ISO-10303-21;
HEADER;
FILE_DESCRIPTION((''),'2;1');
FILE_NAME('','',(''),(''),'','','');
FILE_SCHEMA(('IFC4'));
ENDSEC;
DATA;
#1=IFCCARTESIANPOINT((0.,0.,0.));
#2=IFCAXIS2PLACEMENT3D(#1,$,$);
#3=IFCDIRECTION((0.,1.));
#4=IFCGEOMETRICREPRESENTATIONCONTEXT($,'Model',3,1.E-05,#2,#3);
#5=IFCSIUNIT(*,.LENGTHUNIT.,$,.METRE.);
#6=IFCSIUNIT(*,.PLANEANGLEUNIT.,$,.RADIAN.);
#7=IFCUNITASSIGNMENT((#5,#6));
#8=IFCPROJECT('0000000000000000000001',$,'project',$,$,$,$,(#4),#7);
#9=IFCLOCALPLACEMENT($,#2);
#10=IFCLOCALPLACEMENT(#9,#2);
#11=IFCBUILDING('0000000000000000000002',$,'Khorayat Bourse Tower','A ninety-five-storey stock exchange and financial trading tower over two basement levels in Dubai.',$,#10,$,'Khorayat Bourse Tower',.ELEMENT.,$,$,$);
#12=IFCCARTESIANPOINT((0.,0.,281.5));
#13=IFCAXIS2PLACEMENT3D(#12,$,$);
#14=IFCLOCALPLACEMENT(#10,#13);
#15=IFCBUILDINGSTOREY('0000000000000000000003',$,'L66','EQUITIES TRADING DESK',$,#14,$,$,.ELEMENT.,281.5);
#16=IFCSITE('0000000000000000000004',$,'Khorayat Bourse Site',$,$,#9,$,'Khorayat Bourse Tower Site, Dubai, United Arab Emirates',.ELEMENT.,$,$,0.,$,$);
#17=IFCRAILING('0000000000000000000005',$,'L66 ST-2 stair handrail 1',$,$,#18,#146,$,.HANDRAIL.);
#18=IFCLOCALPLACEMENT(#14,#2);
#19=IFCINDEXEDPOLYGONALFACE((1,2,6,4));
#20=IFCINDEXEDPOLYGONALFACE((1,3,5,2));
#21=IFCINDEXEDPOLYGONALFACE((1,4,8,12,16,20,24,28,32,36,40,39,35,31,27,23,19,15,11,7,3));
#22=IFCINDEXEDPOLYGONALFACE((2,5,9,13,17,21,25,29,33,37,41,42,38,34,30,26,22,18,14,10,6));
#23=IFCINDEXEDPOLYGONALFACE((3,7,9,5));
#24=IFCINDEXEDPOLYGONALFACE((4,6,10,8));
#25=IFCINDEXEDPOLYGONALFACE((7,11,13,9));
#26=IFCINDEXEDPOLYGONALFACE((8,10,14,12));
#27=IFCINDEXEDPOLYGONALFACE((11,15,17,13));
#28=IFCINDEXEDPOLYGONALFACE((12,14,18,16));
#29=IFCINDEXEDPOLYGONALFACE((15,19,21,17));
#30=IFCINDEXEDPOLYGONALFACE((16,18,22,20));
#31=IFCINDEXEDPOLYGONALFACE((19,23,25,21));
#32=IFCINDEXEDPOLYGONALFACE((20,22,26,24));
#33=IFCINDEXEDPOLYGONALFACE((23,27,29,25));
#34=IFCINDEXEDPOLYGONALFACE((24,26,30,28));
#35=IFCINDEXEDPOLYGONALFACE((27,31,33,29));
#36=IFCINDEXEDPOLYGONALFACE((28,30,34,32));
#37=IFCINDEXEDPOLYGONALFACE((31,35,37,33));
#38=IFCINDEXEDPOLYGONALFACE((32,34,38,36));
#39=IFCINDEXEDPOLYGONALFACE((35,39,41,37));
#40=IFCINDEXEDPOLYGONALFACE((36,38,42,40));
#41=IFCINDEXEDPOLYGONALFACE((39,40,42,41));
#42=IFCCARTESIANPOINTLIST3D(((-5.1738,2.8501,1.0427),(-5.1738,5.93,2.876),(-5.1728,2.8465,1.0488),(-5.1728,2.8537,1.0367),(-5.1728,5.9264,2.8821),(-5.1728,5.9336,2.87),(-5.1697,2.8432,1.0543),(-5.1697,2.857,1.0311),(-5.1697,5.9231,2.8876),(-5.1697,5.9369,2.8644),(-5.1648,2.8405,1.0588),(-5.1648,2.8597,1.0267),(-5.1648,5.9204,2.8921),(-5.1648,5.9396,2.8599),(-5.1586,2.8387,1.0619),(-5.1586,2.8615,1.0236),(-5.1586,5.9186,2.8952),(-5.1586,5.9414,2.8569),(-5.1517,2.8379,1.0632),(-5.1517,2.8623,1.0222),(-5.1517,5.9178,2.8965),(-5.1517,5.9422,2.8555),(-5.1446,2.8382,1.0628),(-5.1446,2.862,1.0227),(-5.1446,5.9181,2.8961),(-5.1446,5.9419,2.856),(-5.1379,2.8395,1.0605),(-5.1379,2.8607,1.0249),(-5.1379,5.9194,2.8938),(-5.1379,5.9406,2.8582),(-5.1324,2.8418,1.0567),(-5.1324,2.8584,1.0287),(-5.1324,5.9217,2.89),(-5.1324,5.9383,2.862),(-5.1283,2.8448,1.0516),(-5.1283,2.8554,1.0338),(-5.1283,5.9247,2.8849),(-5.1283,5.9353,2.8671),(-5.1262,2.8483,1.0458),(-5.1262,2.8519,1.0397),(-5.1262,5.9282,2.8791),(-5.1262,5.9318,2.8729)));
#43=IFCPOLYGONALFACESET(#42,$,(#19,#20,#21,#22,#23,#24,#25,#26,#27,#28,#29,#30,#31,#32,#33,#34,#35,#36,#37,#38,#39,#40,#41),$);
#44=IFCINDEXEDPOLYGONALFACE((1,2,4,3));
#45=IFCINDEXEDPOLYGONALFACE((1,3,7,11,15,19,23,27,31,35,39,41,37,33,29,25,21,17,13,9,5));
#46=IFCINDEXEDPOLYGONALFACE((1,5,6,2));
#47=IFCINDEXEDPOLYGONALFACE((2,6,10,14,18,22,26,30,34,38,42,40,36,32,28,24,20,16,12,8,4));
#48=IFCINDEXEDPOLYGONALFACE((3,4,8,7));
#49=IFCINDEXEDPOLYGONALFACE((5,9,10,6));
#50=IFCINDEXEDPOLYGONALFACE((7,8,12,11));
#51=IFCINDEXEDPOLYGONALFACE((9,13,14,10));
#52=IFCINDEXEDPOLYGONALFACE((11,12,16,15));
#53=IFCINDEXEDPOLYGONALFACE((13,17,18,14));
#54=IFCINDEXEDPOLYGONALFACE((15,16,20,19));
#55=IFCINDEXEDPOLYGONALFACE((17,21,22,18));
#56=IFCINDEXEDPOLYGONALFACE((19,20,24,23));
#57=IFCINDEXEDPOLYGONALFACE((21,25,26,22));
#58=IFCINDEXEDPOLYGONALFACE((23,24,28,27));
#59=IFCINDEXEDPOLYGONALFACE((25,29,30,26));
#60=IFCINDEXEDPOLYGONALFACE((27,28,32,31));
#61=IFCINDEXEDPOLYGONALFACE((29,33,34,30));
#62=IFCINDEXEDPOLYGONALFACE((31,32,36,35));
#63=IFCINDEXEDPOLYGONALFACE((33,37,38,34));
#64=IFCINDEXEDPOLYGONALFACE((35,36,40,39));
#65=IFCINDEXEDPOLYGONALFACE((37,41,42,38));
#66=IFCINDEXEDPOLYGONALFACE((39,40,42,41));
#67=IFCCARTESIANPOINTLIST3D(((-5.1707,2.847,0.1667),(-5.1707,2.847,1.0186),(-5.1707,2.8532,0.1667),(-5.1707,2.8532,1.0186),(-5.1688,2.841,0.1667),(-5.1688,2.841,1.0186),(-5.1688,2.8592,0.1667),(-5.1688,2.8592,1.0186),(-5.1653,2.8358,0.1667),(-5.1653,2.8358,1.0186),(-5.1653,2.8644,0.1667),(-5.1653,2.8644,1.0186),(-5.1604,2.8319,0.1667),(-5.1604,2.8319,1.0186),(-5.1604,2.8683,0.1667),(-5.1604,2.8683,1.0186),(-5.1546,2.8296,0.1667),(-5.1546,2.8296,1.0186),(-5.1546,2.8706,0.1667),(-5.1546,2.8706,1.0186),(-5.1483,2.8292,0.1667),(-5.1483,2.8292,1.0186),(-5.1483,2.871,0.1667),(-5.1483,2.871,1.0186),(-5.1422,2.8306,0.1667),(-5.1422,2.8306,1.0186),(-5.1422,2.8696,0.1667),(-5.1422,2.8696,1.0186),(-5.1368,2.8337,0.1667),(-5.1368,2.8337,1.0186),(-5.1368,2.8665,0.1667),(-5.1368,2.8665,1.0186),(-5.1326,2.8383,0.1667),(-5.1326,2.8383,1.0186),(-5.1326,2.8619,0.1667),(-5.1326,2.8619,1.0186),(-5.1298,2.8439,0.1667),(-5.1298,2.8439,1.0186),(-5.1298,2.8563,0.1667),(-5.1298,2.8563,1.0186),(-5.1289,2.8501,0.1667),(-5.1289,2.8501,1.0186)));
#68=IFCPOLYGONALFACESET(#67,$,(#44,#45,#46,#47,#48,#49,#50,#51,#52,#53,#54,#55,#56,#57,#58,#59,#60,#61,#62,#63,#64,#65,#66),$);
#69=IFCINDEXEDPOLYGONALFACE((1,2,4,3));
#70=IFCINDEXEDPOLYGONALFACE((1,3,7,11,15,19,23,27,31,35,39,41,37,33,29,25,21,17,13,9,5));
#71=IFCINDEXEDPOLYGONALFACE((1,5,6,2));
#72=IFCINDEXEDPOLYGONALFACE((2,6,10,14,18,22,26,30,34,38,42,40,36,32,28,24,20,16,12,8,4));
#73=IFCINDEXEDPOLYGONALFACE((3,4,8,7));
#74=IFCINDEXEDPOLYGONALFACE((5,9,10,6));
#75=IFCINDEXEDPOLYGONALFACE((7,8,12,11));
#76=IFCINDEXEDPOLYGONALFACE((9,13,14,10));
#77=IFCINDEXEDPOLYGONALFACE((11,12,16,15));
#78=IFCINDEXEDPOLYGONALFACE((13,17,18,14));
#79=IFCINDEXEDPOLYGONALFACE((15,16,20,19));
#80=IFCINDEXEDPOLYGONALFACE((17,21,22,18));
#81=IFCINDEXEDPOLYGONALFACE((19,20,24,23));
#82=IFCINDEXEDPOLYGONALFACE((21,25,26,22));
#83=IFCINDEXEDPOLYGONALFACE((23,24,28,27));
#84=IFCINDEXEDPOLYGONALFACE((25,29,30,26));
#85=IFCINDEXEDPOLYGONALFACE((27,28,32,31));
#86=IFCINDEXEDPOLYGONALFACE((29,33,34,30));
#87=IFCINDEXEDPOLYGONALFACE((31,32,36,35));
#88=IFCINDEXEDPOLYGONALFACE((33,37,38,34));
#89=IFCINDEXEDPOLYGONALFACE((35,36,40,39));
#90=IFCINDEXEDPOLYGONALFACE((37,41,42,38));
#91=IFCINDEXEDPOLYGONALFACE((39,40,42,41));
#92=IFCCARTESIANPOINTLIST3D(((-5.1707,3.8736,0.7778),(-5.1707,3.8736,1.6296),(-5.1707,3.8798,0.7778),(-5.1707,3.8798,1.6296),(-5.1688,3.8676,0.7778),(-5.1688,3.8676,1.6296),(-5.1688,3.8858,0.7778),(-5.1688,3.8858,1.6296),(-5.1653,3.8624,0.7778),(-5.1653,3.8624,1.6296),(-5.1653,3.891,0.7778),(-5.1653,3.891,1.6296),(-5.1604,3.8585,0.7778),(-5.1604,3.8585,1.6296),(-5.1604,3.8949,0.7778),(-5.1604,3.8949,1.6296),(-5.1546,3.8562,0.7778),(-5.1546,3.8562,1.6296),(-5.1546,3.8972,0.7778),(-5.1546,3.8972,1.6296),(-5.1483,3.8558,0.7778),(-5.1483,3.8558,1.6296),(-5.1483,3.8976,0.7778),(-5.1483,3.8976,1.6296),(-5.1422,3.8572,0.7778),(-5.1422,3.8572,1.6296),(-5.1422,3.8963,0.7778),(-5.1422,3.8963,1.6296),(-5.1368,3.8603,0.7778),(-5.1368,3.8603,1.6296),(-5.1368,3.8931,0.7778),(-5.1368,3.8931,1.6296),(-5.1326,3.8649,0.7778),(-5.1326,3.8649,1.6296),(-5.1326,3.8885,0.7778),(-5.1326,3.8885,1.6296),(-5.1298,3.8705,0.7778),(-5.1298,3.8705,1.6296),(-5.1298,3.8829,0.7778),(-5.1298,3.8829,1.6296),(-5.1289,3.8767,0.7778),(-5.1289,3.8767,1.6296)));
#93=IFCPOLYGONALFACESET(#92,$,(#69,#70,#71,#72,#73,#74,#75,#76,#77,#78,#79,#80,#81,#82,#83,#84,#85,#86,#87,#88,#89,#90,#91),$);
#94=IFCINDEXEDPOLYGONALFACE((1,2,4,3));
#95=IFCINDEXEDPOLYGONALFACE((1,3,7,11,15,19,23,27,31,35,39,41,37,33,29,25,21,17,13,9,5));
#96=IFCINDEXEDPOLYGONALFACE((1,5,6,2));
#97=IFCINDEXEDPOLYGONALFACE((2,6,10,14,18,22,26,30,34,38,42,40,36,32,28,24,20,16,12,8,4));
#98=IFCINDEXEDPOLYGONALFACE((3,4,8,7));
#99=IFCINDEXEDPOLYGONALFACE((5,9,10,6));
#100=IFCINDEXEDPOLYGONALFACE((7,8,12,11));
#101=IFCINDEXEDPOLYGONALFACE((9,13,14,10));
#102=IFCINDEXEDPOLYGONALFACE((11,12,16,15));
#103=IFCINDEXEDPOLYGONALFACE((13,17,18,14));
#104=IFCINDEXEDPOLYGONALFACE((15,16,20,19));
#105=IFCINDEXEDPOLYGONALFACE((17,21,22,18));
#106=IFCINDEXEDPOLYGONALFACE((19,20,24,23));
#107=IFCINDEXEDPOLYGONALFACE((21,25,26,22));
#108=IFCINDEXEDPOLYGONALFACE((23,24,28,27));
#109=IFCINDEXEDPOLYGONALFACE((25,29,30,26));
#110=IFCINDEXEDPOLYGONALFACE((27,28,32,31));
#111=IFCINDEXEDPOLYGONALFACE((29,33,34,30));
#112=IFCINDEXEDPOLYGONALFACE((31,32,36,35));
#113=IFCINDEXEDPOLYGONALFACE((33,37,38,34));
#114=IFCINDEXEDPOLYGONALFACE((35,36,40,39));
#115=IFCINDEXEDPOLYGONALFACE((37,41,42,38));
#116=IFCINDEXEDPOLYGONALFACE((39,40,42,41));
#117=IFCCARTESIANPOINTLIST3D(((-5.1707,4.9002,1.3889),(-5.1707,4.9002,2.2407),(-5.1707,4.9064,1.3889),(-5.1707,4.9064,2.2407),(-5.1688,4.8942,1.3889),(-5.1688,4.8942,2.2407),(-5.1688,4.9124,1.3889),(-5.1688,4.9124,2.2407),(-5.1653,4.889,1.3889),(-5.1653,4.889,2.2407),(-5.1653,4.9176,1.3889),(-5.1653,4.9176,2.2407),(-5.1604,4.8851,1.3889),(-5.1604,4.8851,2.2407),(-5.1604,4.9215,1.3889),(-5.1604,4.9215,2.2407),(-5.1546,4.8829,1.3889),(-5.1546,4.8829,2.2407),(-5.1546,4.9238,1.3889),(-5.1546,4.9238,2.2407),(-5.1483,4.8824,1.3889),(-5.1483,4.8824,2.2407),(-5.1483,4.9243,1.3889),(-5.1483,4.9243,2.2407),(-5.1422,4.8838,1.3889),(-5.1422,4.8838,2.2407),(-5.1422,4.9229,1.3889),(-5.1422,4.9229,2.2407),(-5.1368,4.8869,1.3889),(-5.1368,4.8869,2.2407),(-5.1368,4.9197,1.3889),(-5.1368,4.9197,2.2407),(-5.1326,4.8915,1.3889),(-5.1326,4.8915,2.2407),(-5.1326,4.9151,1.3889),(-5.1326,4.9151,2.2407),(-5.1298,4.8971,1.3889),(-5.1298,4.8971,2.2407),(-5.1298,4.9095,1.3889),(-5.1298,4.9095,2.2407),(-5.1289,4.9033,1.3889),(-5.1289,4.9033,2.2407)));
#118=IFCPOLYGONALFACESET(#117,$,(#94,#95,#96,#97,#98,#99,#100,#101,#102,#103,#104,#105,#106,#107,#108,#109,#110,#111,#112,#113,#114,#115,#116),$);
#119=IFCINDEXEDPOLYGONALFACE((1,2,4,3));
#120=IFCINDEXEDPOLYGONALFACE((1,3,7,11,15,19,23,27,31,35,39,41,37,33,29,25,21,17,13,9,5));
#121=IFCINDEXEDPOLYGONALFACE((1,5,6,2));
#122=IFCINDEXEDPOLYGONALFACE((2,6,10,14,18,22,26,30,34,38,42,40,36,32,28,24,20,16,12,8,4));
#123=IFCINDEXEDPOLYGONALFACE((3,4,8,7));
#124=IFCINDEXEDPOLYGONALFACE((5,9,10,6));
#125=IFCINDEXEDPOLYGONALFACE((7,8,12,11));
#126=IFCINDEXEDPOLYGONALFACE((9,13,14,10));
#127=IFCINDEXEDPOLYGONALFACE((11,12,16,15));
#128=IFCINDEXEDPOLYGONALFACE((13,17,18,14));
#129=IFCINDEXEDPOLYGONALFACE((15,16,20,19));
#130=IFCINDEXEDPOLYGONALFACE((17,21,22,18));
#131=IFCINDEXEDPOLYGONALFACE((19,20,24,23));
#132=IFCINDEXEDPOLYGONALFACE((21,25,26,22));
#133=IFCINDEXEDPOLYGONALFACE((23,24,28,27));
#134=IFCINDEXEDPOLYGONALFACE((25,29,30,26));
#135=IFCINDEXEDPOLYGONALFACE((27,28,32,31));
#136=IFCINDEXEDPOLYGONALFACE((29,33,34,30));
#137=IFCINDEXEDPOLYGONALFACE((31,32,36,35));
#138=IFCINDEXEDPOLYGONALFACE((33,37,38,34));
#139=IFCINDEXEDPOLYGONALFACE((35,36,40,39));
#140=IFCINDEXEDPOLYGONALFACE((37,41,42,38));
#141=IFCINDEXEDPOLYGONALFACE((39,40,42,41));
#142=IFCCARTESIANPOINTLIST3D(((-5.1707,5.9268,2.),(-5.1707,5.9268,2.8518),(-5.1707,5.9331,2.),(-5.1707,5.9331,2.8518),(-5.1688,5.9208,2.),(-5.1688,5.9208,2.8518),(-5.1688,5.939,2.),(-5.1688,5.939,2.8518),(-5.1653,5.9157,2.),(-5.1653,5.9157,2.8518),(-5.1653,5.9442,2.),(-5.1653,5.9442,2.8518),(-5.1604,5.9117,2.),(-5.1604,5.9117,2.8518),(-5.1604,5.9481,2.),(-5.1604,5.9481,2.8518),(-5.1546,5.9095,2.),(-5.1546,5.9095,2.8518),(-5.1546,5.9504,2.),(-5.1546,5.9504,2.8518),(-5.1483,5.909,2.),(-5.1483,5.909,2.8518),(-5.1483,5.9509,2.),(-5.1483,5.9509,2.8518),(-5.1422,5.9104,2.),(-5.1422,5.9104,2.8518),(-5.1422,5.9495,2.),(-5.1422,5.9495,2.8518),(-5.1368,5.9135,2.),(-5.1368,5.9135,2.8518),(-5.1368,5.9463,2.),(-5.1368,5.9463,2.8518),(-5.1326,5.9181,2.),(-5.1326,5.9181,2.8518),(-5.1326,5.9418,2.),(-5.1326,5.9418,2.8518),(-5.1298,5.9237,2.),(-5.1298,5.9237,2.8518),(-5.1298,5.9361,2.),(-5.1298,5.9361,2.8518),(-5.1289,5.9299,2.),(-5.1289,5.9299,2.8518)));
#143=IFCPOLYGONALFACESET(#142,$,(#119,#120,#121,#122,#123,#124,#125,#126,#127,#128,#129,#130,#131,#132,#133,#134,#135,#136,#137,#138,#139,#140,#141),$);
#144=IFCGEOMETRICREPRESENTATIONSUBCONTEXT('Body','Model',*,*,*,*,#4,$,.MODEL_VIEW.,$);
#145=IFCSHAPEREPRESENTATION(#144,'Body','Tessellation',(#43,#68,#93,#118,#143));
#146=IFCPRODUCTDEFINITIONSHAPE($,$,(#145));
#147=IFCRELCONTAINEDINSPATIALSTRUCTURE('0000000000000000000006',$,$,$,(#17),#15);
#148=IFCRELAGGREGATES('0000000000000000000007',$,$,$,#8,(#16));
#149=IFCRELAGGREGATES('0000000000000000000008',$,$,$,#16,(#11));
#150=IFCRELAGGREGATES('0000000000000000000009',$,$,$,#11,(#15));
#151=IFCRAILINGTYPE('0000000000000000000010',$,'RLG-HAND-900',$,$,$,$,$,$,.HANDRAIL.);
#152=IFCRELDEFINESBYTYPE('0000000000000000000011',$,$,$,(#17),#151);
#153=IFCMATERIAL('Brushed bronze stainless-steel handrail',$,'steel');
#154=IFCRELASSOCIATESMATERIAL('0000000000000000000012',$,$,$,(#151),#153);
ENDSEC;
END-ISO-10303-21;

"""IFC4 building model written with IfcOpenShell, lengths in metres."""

from ifc_helpers import new_model, si_unit, direction, frame, origin, origin_2d, place, context, subcontext, project, spatial, circle, extrude, source, transform, mapped, material, type_object, element, save


model = new_model("IFC4")

# Units and contexts
model_context = context("Model", 3, precision=1e-05, world=origin(), true_north=direction((0.0, 1.0)))
body_context = subcontext(model_context, "Body", "Model", "MODEL_VIEW")
ifc_project = project(units=[si_unit("LENGTHUNIT", "METRE"), si_unit("PLANEANGLEUNIT", "RADIAN")], contexts=[model_context])

# Site, building, storey
site_placement = place(None, origin())
site = spatial("IfcSite", under=ifc_project, at=site_placement, Name="Khorayat Bourse Site", LongName="Khorayat Bourse Tower Site, Dubai, United Arab Emirates", CompositionType="ELEMENT", RefElevation=0.0)
building_placement = place(site_placement, origin())
building = spatial("IfcBuilding", under=site, at=building_placement, Name="Khorayat Bourse Tower", Description="A ninety-five-storey stock exchange and financial trading tower over two basement levels in Dubai.", LongName="Khorayat Bourse Tower", CompositionType="ELEMENT")
storey_placement = place(building_placement, frame((0.0, 0.0, 281.5)))
storey = spatial("IfcBuildingStorey", under=building, at=storey_placement, Name="L66", Description="EQUITIES TRADING DESK", CompositionType="ELEMENT", Elevation=281.5)

# Railing
ifc_material_1 = material(Name="Brushed bronze stainless-steel handrail", Category="steel")
railing_type_1 = type_object("IfcRailingType", Name="RLG-HAND-900", PredefinedType="HANDRAIL", material=ifc_material_1)
shared_shape_1 = source(origin(), body_context, "Body", "SweptSolid", [
    extrude(circle(Radius=0.0239, at=origin_2d()), frame((0.0, 0.0, 0.876), z_axis=(0.0, 0.859291, 0.511487), x_axis=(-1.0, 0.0, 0.0)), (0.0, 0.0, 1.0), 3.5842),
    extrude(circle(Radius=0.021, at=origin_2d()), origin(), (0.0, 0.0, 1.0), 0.8518),
    extrude(circle(Radius=0.021, at=origin_2d()), frame((0.0, 1.0266, 0.6111)), (0.0, 0.0, 1.0), 0.8518),
    extrude(circle(Radius=0.021, at=origin_2d()), frame((0.0, 2.0532, 1.2222)), (0.0, 0.0, 1.0), 0.8518),
    extrude(circle(Radius=0.021, at=origin_2d()), frame((0.0, 3.0798, 1.8333)), (0.0, 0.0, 1.0), 0.8518),
])
railing_1_placement = place(storey_placement, frame((-5.1499, 2.8501, 0.1667)))
element("IfcRailing", 1, at=railing_1_placement, inside=storey, type_object=railing_type_1, Name="L66 ST-2 stair handrail 1", PredefinedType="HANDRAIL", context=body_context, shape_type="MappedRepresentation", body=[
    mapped(shared_shape_1, transform((0.0, 0.0, 0.0), scale=1.0)),
])

save(model, "model.ifc")
